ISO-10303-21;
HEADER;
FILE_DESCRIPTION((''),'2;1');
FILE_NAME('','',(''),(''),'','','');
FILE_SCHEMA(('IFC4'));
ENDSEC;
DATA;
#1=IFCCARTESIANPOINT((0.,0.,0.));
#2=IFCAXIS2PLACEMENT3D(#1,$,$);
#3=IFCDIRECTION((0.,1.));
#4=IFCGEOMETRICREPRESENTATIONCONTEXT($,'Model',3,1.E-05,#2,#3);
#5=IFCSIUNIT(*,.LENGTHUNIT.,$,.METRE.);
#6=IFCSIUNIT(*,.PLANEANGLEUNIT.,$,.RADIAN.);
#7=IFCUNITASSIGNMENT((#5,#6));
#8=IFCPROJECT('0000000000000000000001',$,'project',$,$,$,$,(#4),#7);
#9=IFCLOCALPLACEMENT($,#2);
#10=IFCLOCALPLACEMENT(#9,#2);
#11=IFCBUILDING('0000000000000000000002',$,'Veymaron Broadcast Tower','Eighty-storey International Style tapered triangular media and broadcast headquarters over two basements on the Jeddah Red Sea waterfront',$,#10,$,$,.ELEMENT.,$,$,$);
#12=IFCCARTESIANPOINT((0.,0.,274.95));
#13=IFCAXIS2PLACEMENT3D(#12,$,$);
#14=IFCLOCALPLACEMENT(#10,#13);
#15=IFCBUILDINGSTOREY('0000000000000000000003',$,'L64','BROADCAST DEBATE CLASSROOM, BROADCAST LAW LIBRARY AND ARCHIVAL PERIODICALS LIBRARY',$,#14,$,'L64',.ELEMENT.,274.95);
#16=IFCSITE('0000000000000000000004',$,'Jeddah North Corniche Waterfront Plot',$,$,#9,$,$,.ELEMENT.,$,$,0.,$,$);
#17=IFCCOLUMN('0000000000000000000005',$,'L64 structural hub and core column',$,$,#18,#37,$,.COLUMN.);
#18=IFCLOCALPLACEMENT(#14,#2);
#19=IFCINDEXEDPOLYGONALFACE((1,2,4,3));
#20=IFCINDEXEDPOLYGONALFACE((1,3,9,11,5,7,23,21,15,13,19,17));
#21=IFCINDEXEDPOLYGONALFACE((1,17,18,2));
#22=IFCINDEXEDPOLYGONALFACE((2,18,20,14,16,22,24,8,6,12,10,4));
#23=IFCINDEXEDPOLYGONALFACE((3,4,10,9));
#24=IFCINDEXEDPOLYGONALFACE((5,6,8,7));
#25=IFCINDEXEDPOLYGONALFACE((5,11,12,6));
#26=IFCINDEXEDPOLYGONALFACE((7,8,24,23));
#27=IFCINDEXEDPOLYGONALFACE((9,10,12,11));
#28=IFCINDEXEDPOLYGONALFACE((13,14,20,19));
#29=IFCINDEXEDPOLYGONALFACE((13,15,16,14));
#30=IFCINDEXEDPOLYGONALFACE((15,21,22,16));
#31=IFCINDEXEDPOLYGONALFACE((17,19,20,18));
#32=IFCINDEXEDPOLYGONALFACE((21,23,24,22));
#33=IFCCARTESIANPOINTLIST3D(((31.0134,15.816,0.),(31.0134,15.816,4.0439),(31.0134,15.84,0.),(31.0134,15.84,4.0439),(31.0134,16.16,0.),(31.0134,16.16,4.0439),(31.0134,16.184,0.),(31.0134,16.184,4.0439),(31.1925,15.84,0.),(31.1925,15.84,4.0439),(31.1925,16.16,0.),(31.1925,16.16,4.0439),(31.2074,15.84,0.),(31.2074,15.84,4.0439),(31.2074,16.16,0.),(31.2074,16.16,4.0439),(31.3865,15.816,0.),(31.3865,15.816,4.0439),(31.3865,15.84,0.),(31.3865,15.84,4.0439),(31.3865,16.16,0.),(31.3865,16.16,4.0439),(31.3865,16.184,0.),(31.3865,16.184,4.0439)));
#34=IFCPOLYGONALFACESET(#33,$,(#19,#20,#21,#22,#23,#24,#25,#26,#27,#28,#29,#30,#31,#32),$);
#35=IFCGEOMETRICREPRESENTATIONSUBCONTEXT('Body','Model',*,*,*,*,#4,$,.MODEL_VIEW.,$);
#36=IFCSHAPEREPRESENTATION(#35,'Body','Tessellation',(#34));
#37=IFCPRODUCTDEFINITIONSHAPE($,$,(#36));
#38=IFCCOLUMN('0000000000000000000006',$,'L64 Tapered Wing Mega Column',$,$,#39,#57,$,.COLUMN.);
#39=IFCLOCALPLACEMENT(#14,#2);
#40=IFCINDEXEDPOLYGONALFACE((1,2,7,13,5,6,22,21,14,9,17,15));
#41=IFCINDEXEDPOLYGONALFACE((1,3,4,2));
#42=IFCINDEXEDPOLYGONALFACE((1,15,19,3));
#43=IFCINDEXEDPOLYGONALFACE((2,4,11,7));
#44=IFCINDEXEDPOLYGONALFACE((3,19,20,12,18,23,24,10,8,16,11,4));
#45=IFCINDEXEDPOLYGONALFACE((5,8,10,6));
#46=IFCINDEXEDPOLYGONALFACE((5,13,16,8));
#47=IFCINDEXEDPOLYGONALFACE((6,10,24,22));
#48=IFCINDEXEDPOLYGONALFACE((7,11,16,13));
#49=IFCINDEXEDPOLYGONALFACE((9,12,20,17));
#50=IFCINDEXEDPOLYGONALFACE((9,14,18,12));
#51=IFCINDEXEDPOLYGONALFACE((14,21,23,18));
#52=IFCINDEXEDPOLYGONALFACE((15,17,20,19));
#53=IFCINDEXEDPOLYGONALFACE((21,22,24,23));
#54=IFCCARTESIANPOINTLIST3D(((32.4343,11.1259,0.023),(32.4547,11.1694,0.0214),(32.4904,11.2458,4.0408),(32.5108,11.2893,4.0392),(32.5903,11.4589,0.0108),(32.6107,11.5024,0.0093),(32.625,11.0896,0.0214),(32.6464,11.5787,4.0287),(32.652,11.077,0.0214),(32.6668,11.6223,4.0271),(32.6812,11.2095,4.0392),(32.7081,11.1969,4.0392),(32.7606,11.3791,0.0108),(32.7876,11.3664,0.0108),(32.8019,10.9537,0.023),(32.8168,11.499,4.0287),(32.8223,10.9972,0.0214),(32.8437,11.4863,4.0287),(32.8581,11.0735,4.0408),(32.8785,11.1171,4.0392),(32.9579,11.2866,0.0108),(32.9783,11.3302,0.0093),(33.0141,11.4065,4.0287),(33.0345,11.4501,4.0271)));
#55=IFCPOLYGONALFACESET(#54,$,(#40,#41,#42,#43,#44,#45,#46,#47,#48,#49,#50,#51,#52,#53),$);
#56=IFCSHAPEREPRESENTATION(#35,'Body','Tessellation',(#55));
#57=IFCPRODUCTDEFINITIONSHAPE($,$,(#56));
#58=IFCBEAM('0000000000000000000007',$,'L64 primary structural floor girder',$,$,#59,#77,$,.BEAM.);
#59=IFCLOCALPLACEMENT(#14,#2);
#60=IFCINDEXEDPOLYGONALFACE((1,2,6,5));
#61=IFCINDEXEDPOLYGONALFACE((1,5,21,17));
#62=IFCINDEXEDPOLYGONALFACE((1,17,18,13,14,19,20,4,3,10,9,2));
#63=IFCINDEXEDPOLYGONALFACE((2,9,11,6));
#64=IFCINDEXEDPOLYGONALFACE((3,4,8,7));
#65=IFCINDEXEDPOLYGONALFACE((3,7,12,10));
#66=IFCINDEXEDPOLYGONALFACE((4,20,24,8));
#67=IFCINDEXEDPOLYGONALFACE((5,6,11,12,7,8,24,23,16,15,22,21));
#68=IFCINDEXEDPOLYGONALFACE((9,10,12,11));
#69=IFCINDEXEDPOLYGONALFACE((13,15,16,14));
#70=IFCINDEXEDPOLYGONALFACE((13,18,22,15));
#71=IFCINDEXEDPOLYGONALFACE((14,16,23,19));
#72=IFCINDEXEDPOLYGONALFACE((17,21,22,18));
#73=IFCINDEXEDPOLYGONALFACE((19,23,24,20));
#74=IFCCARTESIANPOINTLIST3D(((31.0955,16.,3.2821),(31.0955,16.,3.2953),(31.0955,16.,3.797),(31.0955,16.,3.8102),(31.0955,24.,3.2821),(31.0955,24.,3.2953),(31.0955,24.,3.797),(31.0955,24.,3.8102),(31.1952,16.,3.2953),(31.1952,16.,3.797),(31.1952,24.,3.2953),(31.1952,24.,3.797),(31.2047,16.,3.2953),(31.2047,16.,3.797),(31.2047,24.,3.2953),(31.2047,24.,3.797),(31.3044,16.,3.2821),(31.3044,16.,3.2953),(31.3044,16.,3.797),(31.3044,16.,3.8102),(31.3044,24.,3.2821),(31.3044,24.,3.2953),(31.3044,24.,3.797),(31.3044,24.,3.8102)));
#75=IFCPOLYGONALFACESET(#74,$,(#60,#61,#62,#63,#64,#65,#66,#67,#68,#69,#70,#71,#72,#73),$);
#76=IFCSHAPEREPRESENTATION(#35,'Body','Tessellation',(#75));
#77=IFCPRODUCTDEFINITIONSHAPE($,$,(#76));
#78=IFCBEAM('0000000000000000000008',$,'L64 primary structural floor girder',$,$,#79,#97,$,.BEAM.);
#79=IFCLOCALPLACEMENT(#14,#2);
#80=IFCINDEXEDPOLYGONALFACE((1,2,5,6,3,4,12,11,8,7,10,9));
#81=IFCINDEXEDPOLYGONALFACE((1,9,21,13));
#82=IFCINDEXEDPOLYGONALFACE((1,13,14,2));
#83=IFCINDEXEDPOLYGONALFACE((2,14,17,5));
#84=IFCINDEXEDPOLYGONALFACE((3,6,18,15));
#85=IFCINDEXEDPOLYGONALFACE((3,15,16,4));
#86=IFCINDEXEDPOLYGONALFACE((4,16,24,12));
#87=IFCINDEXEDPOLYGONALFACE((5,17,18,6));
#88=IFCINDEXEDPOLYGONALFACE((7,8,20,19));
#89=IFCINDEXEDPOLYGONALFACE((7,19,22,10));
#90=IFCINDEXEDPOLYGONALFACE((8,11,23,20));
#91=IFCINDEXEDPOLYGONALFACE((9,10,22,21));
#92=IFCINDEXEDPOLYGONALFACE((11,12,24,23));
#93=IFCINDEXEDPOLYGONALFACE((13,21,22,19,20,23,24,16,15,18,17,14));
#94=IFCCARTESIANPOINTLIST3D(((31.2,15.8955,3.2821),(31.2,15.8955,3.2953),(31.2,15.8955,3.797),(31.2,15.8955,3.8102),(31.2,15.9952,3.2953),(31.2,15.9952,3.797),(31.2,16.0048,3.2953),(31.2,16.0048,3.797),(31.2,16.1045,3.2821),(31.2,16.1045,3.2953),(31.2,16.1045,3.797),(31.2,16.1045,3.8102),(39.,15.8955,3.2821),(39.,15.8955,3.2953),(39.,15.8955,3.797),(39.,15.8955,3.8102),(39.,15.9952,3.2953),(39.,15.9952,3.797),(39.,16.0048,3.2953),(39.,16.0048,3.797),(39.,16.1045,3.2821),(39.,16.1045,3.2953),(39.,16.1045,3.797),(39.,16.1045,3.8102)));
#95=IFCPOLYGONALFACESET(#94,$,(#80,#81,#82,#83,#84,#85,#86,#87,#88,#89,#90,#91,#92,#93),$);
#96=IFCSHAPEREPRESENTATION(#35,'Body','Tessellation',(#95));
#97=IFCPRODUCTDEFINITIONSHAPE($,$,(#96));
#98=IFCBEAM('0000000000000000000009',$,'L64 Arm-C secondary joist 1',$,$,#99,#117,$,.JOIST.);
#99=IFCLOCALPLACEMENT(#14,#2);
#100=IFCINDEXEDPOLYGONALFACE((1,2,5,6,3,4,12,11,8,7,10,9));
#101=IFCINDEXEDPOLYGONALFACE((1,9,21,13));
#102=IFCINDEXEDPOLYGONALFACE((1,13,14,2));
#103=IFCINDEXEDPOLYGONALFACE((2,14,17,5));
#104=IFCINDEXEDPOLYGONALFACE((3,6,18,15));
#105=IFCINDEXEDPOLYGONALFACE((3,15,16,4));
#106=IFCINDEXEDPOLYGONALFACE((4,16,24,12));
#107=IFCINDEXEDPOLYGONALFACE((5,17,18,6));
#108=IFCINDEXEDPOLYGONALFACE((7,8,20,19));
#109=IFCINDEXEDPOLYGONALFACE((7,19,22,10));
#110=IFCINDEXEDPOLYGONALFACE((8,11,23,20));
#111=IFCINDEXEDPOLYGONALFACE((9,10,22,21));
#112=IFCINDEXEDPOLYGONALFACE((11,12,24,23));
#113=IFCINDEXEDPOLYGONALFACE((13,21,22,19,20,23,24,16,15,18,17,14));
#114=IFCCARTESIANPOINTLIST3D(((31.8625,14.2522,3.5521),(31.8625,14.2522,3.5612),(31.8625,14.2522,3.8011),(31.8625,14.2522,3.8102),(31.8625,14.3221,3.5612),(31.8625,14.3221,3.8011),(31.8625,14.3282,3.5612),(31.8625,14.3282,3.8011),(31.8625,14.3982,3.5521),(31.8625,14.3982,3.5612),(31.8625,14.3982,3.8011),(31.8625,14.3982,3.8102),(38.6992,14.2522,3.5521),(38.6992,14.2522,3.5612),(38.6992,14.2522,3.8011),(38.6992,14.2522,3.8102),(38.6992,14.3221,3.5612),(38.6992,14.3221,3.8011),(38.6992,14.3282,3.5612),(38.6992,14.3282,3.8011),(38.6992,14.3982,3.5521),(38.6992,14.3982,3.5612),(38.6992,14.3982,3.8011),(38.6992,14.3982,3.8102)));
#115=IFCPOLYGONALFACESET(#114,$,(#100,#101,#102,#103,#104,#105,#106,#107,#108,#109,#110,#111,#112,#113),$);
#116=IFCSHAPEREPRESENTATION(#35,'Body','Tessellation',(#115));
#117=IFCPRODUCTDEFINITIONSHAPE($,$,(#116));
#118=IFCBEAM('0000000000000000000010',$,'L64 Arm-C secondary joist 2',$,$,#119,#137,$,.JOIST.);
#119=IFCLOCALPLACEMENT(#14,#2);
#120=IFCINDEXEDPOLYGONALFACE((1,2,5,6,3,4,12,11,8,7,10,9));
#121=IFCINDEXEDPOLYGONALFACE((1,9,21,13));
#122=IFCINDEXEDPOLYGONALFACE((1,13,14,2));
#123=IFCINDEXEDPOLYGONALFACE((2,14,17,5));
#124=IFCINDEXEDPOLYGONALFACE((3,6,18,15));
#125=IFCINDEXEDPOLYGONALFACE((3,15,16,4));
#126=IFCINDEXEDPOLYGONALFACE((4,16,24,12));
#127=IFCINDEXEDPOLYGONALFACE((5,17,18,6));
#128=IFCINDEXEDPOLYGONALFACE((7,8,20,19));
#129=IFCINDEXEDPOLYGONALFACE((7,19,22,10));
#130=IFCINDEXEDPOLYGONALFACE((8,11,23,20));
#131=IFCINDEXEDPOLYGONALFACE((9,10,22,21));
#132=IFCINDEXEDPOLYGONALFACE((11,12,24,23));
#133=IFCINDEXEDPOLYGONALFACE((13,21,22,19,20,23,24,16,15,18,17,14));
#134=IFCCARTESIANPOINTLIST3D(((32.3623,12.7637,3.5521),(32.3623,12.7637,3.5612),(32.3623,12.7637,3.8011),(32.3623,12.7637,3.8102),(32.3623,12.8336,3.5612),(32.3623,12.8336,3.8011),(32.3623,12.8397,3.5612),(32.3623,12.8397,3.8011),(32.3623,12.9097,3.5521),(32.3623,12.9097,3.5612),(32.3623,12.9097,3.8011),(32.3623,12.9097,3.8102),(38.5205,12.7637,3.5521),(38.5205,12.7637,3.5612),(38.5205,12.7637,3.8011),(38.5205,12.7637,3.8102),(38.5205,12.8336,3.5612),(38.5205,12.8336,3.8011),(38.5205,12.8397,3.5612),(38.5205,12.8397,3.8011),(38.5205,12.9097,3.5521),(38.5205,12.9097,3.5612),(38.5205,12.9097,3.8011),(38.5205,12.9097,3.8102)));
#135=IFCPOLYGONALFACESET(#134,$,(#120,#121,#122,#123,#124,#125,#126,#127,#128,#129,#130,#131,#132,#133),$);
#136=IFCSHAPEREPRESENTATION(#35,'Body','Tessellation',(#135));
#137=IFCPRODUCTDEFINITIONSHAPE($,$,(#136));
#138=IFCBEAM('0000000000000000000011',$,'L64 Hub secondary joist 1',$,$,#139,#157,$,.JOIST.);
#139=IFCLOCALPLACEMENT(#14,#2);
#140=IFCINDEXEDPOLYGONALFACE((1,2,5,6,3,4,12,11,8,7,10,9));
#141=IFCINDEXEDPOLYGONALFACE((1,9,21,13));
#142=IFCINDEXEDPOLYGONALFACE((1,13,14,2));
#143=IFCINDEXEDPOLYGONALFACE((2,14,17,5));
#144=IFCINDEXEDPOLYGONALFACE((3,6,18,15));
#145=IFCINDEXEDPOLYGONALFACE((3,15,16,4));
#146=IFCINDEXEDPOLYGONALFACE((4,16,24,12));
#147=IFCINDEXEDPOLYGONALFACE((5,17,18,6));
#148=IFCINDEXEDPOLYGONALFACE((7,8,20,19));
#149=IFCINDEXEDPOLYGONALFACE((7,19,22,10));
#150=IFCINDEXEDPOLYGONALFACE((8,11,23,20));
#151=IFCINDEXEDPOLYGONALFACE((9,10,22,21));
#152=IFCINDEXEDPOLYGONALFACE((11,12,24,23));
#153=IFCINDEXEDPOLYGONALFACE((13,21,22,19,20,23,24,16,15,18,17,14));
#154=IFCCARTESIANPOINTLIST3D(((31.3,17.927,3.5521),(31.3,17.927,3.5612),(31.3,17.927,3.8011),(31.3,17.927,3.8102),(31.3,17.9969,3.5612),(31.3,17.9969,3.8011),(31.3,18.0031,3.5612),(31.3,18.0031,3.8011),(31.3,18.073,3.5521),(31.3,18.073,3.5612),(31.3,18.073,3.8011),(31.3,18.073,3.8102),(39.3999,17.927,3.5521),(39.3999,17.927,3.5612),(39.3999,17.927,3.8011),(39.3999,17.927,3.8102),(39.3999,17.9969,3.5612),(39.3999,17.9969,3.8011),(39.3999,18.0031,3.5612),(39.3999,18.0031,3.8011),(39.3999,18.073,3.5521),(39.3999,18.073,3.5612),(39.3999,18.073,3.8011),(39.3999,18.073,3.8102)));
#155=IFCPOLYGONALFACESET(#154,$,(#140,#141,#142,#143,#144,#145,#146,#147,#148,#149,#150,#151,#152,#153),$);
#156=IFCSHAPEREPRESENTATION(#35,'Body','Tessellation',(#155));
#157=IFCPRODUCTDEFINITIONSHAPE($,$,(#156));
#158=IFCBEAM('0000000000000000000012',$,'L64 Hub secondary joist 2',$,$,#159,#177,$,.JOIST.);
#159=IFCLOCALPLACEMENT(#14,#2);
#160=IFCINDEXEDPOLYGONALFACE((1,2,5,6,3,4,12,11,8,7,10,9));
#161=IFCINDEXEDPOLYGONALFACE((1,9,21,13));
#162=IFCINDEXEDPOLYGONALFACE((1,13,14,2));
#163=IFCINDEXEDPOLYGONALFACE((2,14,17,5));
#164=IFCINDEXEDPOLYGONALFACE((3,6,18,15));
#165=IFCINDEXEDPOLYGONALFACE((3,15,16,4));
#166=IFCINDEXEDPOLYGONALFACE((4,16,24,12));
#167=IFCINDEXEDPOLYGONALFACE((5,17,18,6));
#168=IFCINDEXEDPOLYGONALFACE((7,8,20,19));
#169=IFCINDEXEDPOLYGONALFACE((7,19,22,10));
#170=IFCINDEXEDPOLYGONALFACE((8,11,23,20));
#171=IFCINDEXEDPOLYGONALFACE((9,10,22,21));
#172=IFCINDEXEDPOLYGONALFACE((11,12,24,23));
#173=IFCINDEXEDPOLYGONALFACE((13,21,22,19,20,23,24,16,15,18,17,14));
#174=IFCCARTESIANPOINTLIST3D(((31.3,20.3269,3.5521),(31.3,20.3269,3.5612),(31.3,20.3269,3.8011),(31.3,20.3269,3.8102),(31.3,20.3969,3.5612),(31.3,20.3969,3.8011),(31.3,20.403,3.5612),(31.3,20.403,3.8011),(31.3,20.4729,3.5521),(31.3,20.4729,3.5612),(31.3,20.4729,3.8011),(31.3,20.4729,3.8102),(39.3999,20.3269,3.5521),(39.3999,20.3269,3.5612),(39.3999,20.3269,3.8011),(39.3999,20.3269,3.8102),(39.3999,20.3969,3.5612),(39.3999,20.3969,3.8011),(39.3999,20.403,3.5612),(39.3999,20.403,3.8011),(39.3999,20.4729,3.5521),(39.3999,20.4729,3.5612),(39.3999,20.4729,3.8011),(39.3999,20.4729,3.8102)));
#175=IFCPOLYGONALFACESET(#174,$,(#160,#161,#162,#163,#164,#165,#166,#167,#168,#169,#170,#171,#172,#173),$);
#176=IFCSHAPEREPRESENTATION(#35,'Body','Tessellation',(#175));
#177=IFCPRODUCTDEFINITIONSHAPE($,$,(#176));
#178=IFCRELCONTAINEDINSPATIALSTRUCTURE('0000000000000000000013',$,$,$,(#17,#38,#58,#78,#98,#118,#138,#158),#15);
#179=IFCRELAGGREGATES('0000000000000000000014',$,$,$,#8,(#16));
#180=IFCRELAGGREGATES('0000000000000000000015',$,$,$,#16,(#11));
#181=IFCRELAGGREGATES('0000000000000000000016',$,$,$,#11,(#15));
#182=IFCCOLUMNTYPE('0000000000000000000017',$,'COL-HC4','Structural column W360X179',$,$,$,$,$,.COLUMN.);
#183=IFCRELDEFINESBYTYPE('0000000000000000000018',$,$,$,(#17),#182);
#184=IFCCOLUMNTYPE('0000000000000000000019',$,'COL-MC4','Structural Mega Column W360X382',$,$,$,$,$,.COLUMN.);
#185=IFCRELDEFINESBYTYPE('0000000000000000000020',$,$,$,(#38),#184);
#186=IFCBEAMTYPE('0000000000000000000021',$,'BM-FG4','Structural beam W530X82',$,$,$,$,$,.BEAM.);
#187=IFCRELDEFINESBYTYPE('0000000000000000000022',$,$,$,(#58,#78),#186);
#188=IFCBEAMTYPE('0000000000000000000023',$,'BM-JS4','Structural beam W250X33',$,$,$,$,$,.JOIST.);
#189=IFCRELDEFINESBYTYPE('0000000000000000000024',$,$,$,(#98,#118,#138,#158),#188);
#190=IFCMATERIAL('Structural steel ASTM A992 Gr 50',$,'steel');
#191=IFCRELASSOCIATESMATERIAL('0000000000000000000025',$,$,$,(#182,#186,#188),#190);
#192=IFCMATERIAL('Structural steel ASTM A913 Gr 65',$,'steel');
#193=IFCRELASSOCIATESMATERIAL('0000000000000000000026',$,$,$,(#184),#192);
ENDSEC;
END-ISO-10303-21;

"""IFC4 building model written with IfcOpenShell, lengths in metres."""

from ifc_helpers import new_model, si_unit, direction, frame, origin, origin_2d, place, context, subcontext, project, spatial, i_section, extrude, material, material_profile, profile_set, type_object, element, save


model = new_model("IFC4")

# Units and contexts
model_context = context("Model", 3, precision=1e-05, world=origin(), true_north=direction((0.0, 1.0)))
body_context = subcontext(model_context, "Body", "Model", "MODEL_VIEW")
ifc_project = project(units=[si_unit("LENGTHUNIT", "METRE"), si_unit("PLANEANGLEUNIT", "RADIAN")], contexts=[model_context])

# Site, building, storey
site_placement = place(None, origin())
site = spatial("IfcSite", under=ifc_project, at=site_placement, Name="Jeddah North Corniche Waterfront Plot", CompositionType="ELEMENT", RefElevation=0.0)
building_placement = place(site_placement, origin())
building = spatial("IfcBuilding", under=site, at=building_placement, Name="Veymaron Broadcast Tower", Description="Eighty-storey International Style tapered triangular media and broadcast headquarters over two basements on the Jeddah Red Sea waterfront", CompositionType="ELEMENT")
storey_placement = place(building_placement, frame((0.0, 0.0, 274.95)))
storey = spatial("IfcBuildingStorey", under=building, at=storey_placement, Name="L64", Description="BROADCAST DEBATE CLASSROOM, BROADCAST LAW LIBRARY AND ARCHIVAL PERIODICALS LIBRARY", LongName="L64", CompositionType="ELEMENT", Elevation=274.95)

# Columns
ifc_material_1 = material(Name="Structural steel ASTM A992 Gr 50", Category="steel")
ifc_material_profile_1 = material_profile(ifc_material_1, i_section(OverallWidth=0.373, OverallDepth=0.3679, WebThickness=0.0149, FlangeThickness=0.0239, at=origin_2d()), Name="W360X179")
ifc_profile_set_1 = profile_set([ifc_material_profile_1], Name="Structural steel ASTM A992 Gr 50")
column_type_1 = type_object("IfcColumnType", Name="COL-HC4", Description="Structural column W360X179", PredefinedType="COLUMN", material=ifc_profile_set_1)
column_1_placement = place(storey_placement, frame((31.2, 16.0, 0.0), z_axis=(0.0, 0.0, 1.0), x_axis=(1.0, 0.0, 0.0)))
element("IfcColumn", 1, at=column_1_placement, inside=storey, type_object=column_type_1, Name="L64 structural hub and core column", PredefinedType="COLUMN", context=body_context, shape_type="SweptSolid", body=[
    extrude(i_section(OverallWidth=0.373, OverallDepth=0.3679, WebThickness=0.0149, FlangeThickness=0.0239, at=origin_2d()), origin(), (0.0, 0.0, 1.0), 4.0439),
])
ifc_material_2 = material(Name="Structural steel ASTM A913 Gr 65", Category="steel")
ifc_material_profile_2 = material_profile(ifc_material_2, i_section(OverallWidth=0.406, OverallDepth=0.416, WebThickness=0.0298, FlangeThickness=0.0481, at=origin_2d()), Name="W360X382")
ifc_profile_set_2 = profile_set([ifc_material_profile_2], Name="Structural steel ASTM A913 Gr 65")
column_type_2 = type_object("IfcColumnType", Name="COL-MC4", Description="Structural Mega Column W360X382", PredefinedType="COLUMN", material=ifc_profile_set_2)
column_2_placement = place(storey_placement, frame((32.7063, 11.228, 0.0161), z_axis=(0.013968, 0.029819, 0.999458), x_axis=(-0.90557, 0.424198, 0.0)))
element("IfcColumn", 2, at=column_2_placement, inside=storey, type_object=column_type_2, Name="L64 Tapered Wing Mega Column", PredefinedType="COLUMN", context=body_context, shape_type="SweptSolid", body=[
    extrude(i_section(OverallWidth=0.406, OverallDepth=0.416, WebThickness=0.0298, FlangeThickness=0.0481, at=origin_2d()), origin(), (0.0, 0.0, 1.0), 4.02),
])

# Beams
ifc_material_profile_3 = material_profile(ifc_material_1, i_section(OverallWidth=0.209, OverallDepth=0.5281, WebThickness=0.0095, FlangeThickness=0.0132, at=origin_2d()), Name="W530X82")
ifc_profile_set_3 = profile_set([ifc_material_profile_3], Name="Structural steel ASTM A992 Gr 50")
beam_type_1 = type_object("IfcBeamType", Name="BM-FG4", Description="Structural beam W530X82", PredefinedType="BEAM", material=ifc_profile_set_3)
beam_1_placement = place(storey_placement, frame((31.2, 16.0, 3.5461), z_axis=(0.0, 1.0, 0.0), x_axis=(-1.0, 0.0, 0.0)))
element("IfcBeam", 3, at=beam_1_placement, inside=storey, type_object=beam_type_1, Name="L64 primary structural floor girder", PredefinedType="BEAM", context=body_context, shape_type="SweptSolid", body=[
    extrude(i_section(OverallWidth=0.209, OverallDepth=0.5281, WebThickness=0.0095, FlangeThickness=0.0132, at=origin_2d()), origin(), (0.0, 0.0, 1.0), 8.0),
])
beam_2_placement = place(storey_placement, frame((31.2, 16.0, 3.5461), z_axis=(1.0, 0.0, 0.0), x_axis=(0.0, 1.0, 0.0)))
element("IfcBeam", 4, at=beam_2_placement, inside=storey, type_object=beam_type_1, Name="L64 primary structural floor girder", PredefinedType="BEAM", context=body_context, shape_type="SweptSolid", body=[
    extrude(i_section(OverallWidth=0.209, OverallDepth=0.5281, WebThickness=0.0095, FlangeThickness=0.0132, at=origin_2d()), origin(), (0.0, 0.0, 1.0), 7.8),
])
ifc_material_profile_4 = material_profile(ifc_material_1, i_section(OverallWidth=0.146, OverallDepth=0.2581, WebThickness=0.0061, FlangeThickness=0.009, at=origin_2d()), Name="W250X33")
ifc_profile_set_4 = profile_set([ifc_material_profile_4], Name="Structural steel ASTM A992 Gr 50")
beam_type_2 = type_object("IfcBeamType", Name="BM-JS4", Description="Structural beam W250X33", PredefinedType="JOIST", material=ifc_profile_set_4)
beam_3_placement = place(storey_placement, frame((31.8625, 14.3252, 3.6812), z_axis=(1.0, 0.0, 0.0), x_axis=(0.0, 1.0, 0.0)))
element("IfcBeam", 5, at=beam_3_placement, inside=storey, type_object=beam_type_2, Name="L64 Arm-C secondary joist 1", PredefinedType="JOIST", context=body_context, shape_type="SweptSolid", body=[
    extrude(i_section(OverallWidth=0.146, OverallDepth=0.2581, WebThickness=0.0061, FlangeThickness=0.009, at=origin_2d()), origin(), (0.0, 0.0, 1.0), 6.8367),
])
beam_4_placement = place(storey_placement, frame((32.3623, 12.8367, 3.6812), z_axis=(1.0, 0.0, 0.0), x_axis=(0.0, 1.0, 0.0)))
element("IfcBeam", 6, at=beam_4_placement, inside=storey, type_object=beam_type_2, Name="L64 Arm-C secondary joist 2", PredefinedType="JOIST", context=body_context, shape_type="SweptSolid", body=[
    extrude(i_section(OverallWidth=0.146, OverallDepth=0.2581, WebThickness=0.0061, FlangeThickness=0.009, at=origin_2d()), origin(), (0.0, 0.0, 1.0), 6.1582),
])
for number, where, z_axis, x_axis, name in (
    (7, (31.3, 18.0, 3.6812), (1.0, 0.0, 0.0), (0.0, 1.0, 0.0), "L64 Hub secondary joist 1"),
    (8, (31.3, 20.3999, 3.6812), (1.0, 0.0, 0.0), (0.0, 1.0, 0.0), "L64 Hub secondary joist 2"),
):
    element("IfcBeam", number, at=place(storey_placement, frame(where, z_axis=z_axis, x_axis=x_axis)), inside=storey, type_object=beam_type_2, Name=name, PredefinedType="JOIST", context=body_context, shape_type="SweptSolid", body=[
        extrude(i_section(OverallWidth=0.146, OverallDepth=0.2581, WebThickness=0.0061, FlangeThickness=0.009, at=origin_2d()), origin(), (0.0, 0.0, 1.0), 8.0999),
    ])

save(model, "model.ifc")
